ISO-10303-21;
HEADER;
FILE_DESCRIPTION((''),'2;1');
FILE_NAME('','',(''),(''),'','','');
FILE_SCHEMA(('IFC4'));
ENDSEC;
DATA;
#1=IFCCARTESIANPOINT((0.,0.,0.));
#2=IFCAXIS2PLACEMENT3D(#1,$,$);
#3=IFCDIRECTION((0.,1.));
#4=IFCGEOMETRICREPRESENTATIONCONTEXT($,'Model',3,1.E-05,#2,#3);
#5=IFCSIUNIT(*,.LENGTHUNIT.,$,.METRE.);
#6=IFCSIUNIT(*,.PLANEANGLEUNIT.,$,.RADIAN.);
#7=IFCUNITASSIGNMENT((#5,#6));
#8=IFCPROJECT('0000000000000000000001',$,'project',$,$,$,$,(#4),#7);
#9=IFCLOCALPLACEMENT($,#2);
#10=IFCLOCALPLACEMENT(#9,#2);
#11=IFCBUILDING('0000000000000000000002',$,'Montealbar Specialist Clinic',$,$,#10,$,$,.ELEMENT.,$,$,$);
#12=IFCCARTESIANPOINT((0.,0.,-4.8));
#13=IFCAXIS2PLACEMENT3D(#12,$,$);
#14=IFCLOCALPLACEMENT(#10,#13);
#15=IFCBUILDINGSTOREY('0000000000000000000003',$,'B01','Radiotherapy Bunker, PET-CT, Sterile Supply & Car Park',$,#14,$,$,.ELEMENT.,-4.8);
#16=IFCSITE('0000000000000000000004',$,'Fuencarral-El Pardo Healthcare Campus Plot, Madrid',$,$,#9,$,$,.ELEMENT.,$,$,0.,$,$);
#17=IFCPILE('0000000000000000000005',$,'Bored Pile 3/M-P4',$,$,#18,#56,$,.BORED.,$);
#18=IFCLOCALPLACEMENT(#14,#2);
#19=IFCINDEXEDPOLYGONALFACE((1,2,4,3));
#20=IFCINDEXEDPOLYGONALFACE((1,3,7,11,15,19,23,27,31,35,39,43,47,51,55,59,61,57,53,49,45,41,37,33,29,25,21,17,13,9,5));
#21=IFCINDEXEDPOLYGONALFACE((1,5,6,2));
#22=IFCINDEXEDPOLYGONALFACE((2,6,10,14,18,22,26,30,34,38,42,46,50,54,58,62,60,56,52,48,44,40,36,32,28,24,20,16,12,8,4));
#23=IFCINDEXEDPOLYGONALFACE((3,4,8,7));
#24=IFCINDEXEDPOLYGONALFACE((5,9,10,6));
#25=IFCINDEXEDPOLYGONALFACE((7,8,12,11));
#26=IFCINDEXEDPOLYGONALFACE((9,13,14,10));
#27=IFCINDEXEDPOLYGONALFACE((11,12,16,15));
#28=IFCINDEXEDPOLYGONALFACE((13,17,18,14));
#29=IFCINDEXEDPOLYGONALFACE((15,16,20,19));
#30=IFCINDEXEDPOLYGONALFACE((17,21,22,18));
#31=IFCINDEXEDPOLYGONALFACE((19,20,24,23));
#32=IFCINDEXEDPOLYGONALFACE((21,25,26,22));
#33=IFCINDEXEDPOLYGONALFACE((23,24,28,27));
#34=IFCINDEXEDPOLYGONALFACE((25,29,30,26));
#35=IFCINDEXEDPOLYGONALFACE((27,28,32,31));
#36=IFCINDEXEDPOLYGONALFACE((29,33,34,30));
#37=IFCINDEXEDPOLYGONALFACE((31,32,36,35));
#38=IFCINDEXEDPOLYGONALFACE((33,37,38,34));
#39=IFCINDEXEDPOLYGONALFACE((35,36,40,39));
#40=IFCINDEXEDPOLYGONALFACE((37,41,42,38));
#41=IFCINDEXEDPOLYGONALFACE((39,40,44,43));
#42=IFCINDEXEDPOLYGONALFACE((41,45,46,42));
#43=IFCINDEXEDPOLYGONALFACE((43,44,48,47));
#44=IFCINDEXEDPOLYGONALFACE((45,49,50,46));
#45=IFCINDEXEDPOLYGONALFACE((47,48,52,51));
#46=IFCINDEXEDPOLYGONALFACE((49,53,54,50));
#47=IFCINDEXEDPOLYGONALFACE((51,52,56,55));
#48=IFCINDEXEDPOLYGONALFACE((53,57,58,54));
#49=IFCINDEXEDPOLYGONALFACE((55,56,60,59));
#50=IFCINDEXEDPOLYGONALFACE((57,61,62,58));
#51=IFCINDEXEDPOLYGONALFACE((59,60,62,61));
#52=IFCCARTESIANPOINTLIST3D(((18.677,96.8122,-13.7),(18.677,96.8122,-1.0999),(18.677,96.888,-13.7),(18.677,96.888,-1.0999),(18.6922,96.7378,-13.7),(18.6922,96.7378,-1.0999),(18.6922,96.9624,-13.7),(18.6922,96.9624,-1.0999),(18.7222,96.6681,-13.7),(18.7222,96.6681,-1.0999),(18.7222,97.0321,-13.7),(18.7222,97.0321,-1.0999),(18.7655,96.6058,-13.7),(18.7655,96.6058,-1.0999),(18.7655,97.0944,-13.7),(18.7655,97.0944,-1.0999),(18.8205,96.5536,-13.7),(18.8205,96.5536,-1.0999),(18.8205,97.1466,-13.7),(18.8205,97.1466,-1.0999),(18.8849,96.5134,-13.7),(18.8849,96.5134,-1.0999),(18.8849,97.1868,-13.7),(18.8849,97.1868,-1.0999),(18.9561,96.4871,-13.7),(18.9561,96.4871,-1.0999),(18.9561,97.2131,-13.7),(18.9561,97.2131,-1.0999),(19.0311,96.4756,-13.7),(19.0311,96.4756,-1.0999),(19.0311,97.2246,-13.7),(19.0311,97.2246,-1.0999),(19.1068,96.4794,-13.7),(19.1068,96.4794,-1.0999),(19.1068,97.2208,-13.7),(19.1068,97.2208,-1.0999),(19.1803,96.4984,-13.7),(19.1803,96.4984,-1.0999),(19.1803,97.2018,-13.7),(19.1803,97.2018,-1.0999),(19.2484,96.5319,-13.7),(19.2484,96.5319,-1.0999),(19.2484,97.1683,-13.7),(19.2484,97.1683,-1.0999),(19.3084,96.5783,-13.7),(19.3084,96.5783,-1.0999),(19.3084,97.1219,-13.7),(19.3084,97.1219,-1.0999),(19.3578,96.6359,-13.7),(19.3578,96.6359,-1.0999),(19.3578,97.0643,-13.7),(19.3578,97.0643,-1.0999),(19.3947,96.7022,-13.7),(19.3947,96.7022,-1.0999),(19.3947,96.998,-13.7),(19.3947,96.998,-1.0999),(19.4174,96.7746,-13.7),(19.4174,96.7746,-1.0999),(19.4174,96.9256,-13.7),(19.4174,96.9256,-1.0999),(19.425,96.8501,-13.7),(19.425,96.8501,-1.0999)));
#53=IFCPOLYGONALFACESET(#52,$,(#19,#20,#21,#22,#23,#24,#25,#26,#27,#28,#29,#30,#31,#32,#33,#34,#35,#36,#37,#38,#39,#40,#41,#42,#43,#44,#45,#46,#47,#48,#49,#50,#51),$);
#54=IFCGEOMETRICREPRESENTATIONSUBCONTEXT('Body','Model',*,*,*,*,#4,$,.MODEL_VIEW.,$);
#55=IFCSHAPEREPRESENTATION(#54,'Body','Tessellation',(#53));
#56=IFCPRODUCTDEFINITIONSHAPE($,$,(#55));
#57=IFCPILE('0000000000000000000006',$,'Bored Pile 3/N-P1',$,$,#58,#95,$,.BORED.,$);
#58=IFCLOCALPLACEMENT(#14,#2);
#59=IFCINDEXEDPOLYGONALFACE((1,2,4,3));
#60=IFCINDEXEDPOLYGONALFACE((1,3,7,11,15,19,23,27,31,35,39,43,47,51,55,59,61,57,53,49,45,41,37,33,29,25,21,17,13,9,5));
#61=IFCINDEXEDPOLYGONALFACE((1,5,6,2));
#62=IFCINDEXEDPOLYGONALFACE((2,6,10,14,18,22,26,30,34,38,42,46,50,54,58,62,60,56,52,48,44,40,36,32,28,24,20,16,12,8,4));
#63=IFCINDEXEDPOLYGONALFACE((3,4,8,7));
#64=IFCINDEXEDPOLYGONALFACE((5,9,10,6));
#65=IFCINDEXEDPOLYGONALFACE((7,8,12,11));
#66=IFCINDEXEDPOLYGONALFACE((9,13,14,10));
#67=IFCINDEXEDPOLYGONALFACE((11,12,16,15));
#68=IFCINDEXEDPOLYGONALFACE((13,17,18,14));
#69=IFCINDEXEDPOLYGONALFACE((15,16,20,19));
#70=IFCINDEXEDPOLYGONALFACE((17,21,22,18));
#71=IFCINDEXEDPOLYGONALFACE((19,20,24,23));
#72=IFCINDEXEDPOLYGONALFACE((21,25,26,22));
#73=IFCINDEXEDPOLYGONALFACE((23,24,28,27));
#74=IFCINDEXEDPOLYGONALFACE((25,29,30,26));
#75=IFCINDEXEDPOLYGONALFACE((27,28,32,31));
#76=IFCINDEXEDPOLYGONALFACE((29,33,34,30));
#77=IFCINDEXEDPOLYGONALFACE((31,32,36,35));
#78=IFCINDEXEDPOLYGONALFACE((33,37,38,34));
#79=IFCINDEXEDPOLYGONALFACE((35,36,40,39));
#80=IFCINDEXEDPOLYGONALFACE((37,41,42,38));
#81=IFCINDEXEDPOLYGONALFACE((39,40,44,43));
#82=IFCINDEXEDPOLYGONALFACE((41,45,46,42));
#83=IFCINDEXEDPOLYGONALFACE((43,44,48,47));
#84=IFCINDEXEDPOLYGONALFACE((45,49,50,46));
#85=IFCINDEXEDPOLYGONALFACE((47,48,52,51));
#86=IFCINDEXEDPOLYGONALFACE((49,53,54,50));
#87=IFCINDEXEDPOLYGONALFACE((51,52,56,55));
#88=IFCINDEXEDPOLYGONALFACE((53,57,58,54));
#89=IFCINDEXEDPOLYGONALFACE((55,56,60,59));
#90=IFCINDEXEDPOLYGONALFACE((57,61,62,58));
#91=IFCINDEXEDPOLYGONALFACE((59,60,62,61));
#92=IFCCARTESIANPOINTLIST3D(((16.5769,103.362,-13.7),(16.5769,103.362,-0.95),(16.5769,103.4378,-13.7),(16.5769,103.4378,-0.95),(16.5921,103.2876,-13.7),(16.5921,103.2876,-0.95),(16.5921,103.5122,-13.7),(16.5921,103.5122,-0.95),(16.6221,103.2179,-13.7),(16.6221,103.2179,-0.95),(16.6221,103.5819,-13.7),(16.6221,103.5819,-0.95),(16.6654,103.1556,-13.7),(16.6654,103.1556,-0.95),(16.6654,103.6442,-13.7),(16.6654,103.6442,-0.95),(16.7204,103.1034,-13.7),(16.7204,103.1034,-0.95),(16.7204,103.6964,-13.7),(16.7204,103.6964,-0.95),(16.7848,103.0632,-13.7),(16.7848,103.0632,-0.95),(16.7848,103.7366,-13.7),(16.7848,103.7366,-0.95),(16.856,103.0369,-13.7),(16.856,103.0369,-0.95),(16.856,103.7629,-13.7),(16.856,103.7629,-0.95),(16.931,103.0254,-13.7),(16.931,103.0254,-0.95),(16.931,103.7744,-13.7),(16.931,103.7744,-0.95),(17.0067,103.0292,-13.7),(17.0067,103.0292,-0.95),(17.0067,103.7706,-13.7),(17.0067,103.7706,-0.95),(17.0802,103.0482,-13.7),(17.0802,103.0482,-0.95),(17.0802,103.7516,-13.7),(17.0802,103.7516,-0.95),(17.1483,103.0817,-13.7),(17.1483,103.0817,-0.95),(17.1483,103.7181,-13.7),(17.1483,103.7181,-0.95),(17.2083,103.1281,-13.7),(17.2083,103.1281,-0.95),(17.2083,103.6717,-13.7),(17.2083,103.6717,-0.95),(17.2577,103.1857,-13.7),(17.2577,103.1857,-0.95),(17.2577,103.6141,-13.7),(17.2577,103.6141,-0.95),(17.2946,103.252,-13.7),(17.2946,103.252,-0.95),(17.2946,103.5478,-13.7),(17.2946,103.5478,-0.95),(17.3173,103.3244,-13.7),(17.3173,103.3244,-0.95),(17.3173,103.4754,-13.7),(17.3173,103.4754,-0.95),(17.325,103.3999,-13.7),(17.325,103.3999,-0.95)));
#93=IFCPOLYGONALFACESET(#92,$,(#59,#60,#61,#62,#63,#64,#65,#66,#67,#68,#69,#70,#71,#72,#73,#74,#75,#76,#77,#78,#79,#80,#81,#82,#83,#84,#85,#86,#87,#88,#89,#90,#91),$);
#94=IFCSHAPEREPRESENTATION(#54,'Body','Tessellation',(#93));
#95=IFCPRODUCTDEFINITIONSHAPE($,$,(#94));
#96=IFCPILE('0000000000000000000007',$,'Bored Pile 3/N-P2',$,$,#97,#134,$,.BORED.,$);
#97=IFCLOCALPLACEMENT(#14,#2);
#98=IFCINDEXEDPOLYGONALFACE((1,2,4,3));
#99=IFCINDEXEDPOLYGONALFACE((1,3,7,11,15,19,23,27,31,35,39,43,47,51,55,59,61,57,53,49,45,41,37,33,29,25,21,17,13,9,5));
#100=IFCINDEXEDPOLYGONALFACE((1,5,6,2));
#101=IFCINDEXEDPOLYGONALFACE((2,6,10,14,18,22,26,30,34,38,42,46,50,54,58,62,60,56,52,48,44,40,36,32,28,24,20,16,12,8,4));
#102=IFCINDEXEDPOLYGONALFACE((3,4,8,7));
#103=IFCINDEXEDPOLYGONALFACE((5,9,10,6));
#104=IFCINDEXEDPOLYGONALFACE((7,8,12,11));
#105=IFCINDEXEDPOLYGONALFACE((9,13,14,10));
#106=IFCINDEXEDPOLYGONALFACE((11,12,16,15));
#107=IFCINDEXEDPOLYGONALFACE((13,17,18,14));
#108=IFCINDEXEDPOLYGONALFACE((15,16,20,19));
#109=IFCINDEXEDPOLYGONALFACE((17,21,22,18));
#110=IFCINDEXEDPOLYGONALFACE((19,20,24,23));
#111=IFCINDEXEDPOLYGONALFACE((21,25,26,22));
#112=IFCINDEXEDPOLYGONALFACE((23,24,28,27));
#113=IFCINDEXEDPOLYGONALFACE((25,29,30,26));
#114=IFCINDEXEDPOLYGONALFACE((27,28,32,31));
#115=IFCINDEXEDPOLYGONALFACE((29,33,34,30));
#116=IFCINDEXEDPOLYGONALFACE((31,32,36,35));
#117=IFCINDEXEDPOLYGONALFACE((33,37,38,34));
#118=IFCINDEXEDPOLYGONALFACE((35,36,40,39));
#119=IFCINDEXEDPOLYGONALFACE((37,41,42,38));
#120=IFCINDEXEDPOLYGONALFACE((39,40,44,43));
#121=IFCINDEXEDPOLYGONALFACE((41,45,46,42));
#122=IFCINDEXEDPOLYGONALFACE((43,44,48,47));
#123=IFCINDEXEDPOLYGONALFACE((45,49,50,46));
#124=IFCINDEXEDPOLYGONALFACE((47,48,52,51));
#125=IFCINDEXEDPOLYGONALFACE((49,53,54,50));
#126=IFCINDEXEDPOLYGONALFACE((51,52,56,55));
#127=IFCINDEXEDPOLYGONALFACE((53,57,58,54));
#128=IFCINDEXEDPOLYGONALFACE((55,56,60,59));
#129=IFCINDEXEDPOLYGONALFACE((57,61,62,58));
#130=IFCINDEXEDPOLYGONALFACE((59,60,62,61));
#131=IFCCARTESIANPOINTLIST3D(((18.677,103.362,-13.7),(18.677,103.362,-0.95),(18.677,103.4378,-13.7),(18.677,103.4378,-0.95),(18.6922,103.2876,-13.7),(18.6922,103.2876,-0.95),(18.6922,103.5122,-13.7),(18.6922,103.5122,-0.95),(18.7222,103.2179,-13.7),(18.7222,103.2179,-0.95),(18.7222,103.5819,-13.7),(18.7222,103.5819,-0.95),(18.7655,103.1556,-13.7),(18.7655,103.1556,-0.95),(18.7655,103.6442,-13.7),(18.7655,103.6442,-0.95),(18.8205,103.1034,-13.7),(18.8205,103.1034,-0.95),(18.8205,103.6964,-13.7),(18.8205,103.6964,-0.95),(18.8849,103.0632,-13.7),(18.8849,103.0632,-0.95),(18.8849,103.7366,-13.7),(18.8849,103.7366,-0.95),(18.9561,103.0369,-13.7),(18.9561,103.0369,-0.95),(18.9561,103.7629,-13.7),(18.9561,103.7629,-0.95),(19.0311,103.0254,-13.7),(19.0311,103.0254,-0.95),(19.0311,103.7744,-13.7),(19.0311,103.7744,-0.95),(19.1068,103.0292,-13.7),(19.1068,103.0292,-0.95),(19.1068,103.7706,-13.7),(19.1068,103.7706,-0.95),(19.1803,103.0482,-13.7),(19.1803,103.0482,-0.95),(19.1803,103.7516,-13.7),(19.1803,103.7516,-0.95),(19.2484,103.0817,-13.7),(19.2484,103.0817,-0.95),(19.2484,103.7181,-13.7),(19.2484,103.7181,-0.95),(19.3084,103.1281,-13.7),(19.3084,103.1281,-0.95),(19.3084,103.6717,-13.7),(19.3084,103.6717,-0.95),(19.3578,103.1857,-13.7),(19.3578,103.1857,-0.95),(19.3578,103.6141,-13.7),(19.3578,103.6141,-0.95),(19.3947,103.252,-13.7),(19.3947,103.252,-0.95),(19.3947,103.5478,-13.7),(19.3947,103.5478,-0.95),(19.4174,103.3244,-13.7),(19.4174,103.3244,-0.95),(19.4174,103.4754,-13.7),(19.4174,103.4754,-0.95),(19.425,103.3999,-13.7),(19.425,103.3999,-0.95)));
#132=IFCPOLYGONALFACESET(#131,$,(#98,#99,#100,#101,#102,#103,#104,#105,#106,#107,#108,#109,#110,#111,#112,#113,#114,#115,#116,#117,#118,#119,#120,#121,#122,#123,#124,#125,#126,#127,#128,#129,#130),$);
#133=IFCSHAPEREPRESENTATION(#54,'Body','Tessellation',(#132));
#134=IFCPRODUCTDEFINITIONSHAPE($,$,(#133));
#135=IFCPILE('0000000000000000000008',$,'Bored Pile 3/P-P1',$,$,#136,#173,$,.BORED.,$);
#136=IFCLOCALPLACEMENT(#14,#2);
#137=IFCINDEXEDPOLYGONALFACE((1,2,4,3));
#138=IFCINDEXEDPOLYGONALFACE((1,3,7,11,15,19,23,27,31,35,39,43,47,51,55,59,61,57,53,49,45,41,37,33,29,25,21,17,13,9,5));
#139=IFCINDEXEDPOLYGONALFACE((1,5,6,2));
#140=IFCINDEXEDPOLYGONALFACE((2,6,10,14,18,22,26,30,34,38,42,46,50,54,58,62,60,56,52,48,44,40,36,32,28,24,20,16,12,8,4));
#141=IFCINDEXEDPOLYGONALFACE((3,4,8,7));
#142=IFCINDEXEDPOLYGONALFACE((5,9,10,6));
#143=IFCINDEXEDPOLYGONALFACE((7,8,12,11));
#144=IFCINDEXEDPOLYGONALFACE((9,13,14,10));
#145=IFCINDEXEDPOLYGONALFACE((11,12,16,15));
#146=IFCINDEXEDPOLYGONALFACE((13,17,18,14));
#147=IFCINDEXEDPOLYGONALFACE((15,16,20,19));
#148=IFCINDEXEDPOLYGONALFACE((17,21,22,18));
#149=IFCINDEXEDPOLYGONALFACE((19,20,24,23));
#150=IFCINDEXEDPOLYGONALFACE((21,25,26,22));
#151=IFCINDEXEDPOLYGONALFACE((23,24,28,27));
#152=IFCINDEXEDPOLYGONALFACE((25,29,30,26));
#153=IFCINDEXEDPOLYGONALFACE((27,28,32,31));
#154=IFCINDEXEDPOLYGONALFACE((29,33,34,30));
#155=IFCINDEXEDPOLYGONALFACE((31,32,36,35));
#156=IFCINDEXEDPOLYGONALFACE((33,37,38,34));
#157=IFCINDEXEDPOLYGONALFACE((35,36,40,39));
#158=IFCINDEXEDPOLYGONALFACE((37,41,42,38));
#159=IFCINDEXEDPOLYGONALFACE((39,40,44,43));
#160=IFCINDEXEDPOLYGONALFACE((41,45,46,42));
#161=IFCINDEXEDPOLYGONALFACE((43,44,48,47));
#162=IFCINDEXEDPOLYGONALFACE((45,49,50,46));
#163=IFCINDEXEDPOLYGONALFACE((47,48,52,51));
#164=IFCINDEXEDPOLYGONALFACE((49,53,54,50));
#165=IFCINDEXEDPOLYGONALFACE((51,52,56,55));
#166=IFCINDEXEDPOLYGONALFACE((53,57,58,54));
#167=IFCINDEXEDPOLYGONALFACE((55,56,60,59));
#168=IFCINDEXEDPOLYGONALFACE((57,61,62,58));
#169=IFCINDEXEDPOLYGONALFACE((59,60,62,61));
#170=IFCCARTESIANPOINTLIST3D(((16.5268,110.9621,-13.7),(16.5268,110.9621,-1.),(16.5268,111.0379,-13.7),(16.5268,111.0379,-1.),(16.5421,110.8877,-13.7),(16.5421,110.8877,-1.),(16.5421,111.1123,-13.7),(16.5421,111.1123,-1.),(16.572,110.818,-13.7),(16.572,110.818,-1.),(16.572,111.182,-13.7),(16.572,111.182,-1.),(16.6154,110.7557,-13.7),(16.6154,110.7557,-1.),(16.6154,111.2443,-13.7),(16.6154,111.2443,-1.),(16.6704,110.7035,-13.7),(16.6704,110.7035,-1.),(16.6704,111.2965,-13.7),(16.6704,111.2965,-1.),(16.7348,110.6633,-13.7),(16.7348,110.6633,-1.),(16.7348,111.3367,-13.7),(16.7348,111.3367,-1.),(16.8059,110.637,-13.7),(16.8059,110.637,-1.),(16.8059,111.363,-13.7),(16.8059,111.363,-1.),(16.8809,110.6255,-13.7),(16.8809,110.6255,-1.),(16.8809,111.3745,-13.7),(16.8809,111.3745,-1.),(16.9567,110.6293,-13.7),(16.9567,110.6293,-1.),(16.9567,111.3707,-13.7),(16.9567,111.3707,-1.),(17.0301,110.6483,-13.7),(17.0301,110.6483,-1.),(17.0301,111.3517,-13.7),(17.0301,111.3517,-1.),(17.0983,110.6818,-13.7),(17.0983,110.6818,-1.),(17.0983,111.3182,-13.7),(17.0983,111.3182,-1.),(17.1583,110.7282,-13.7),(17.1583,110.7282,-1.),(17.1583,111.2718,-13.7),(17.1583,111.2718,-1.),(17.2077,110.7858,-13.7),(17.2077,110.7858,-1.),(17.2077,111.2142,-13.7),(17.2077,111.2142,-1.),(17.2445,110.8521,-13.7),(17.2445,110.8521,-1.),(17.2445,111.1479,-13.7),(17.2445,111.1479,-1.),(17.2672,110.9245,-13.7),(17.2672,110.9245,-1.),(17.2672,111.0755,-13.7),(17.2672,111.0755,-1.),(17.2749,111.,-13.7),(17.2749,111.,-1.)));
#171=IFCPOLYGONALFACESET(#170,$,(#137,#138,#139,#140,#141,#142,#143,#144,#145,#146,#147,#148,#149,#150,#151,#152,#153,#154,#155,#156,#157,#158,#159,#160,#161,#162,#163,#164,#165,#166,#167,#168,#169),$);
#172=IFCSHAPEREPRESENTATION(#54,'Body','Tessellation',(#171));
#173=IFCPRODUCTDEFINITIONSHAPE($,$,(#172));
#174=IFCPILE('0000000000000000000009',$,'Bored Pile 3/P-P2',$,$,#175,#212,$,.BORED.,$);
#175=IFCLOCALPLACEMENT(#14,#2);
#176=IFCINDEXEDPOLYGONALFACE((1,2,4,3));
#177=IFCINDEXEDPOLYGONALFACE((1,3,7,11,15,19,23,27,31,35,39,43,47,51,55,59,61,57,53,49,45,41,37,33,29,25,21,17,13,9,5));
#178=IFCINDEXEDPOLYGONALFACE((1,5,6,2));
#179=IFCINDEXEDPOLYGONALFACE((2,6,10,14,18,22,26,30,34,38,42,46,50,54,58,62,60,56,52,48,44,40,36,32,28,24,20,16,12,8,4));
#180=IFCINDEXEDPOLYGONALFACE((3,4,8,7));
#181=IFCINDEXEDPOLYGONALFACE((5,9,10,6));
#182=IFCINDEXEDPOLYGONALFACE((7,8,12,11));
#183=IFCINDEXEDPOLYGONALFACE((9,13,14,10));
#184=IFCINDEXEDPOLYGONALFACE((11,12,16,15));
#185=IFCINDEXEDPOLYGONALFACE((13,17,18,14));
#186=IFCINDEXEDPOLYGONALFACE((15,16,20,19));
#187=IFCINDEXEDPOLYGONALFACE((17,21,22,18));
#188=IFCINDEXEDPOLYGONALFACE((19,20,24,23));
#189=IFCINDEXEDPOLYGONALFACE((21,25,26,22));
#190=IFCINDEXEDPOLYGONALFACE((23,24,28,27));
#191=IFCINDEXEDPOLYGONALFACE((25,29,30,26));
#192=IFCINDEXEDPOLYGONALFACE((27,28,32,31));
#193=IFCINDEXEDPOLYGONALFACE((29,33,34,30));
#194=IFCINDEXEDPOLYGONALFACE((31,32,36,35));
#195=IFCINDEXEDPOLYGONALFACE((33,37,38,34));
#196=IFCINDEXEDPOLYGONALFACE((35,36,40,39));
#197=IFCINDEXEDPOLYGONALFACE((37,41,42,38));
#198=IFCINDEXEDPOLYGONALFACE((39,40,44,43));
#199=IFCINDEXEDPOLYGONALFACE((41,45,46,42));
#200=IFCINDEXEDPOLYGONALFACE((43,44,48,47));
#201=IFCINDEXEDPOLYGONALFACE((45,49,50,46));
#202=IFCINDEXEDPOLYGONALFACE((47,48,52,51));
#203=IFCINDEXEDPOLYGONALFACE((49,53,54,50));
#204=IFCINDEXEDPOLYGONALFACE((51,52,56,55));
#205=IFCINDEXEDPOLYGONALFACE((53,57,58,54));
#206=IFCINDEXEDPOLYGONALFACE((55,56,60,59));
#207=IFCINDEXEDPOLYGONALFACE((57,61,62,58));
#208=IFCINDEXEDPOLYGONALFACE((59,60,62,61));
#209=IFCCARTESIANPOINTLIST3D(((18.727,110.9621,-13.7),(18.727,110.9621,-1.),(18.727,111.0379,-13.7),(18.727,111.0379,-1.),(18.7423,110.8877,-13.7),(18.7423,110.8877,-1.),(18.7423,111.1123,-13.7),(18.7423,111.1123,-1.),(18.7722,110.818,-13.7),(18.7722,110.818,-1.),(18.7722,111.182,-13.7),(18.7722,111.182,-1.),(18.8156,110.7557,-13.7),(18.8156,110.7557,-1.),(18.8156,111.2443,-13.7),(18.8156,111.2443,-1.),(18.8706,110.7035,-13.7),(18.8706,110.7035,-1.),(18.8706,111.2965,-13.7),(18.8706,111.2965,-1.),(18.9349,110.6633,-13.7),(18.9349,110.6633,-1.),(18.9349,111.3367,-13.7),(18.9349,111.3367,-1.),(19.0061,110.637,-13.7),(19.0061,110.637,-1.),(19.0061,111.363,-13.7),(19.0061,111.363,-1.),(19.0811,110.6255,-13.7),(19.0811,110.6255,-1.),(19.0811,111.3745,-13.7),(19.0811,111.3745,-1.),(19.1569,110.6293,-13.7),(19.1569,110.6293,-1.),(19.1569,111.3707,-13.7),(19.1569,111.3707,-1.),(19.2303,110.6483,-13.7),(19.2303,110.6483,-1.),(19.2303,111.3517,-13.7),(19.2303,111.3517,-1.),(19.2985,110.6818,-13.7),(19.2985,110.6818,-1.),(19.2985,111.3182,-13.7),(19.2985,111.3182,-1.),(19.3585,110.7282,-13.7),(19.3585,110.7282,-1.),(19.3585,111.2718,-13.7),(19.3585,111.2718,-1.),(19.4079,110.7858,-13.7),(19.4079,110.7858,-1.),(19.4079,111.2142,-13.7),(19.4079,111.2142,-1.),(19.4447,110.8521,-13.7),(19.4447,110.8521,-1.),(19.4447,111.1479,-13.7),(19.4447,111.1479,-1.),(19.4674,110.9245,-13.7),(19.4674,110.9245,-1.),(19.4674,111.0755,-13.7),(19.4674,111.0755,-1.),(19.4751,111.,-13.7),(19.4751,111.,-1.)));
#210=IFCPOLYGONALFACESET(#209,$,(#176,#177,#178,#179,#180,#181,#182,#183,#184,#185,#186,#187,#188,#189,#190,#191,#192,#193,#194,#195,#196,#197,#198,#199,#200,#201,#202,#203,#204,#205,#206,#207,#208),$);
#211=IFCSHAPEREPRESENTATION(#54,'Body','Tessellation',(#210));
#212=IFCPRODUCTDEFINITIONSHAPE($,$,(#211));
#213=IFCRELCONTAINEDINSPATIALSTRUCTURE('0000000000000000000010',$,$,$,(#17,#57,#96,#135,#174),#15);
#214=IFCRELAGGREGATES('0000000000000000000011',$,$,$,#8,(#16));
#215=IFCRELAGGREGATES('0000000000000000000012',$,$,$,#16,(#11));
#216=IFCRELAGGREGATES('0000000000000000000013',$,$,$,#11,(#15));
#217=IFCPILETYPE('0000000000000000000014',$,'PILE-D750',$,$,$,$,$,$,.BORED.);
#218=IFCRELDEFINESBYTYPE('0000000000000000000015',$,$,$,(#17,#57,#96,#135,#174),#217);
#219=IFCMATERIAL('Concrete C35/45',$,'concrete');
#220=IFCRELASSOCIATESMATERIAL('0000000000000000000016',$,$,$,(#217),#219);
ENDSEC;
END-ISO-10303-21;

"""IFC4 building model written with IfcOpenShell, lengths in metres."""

from ifc_helpers import new_model, si_unit, direction, frame, origin, origin_2d, place, context, subcontext, project, spatial, circle, extrude, material, material_profile, profile_set, type_object, element, save


model = new_model("IFC4")

# Units and contexts
model_context = context("Model", 3, precision=1e-05, world=origin(), true_north=direction((0.0, 1.0)))
body_context = subcontext(model_context, "Body", "Model", "MODEL_VIEW")
ifc_project = project(units=[si_unit("LENGTHUNIT", "METRE"), si_unit("PLANEANGLEUNIT", "RADIAN")], contexts=[model_context])

# Site, building, storey
site_placement = place(None, origin())
site = spatial("IfcSite", under=ifc_project, at=site_placement, Name="Fuencarral-El Pardo Healthcare Campus Plot, Madrid", CompositionType="ELEMENT", RefElevation=0.0)
building_placement = place(site_placement, origin())
building = spatial("IfcBuilding", under=site, at=building_placement, Name="Montealbar Specialist Clinic", CompositionType="ELEMENT")
storey_placement = place(building_placement, frame((0.0, 0.0, -4.8)))
storey = spatial("IfcBuildingStorey", under=building, at=storey_placement, Name="B01", Description="Radiotherapy Bunker, PET-CT, Sterile Supply & Car Park", CompositionType="ELEMENT", Elevation=-4.8)

# Shared definitions
ifc_material_1 = material(Name="Concrete C35/45", Category="concrete")

# Piles
ifc_material_profile_1 = material_profile(ifc_material_1, circle(Radius=0.375, at=origin_2d()), Name="PILE D750", Category="concrete")
ifc_profile_set_1 = profile_set([ifc_material_profile_1], Name="Concrete C35/45")
pile_type = type_object("IfcPileType", Name="PILE-D750", PredefinedType="BORED", material=ifc_profile_set_1)
for number, where, z_axis, x_axis, name in (
    (1, (19.05, 96.8501, -1.0999), (0.0, 0.0, -1.0), (1.0, 0.0, 0.0), "Bored Pile 3/M-P4"),
):
    element("IfcPile", number, at=place(storey_placement, frame(where, z_axis=z_axis, x_axis=x_axis)), inside=storey, type_object=pile_type, Name=name, PredefinedType="BORED", context=body_context, shape_type="SweptSolid", body=[
        extrude(circle(Radius=0.375, at=origin_2d()), origin(), (0.0, 0.0, 1.0), 12.6001),
    ])
for number, where, z_axis, x_axis, name in (
    (2, (16.95, 103.3999, -0.95), (0.0, 0.0, -1.0), (1.0, 0.0, 0.0), "Bored Pile 3/N-P1"),
    (3, (19.05, 103.3999, -0.95), (0.0, 0.0, -1.0), (1.0, 0.0, 0.0), "Bored Pile 3/N-P2"),
):
    element("IfcPile", number, at=place(storey_placement, frame(where, z_axis=z_axis, x_axis=x_axis)), inside=storey, type_object=pile_type, Name=name, PredefinedType="BORED", context=body_context, shape_type="SweptSolid", body=[
        extrude(circle(Radius=0.375, at=origin_2d()), origin(), (0.0, 0.0, 1.0), 12.75),
    ])
for number, where, z_axis, x_axis, name in (
    (4, (16.8999, 111.0, -1.0), (0.0, 0.0, -1.0), (1.0, 0.0, 0.0), "Bored Pile 3/P-P1"),
    (5, (19.1001, 111.0, -1.0), (0.0, 0.0, -1.0), (1.0, 0.0, 0.0), "Bored Pile 3/P-P2"),
):
    element("IfcPile", number, at=place(storey_placement, frame(where, z_axis=z_axis, x_axis=x_axis)), inside=storey, type_object=pile_type, Name=name, PredefinedType="BORED", context=body_context, shape_type="SweptSolid", body=[
        extrude(circle(Radius=0.375, at=origin_2d()), origin(), (0.0, 0.0, 1.0), 12.7),
    ])

save(model, "model.ifc")
